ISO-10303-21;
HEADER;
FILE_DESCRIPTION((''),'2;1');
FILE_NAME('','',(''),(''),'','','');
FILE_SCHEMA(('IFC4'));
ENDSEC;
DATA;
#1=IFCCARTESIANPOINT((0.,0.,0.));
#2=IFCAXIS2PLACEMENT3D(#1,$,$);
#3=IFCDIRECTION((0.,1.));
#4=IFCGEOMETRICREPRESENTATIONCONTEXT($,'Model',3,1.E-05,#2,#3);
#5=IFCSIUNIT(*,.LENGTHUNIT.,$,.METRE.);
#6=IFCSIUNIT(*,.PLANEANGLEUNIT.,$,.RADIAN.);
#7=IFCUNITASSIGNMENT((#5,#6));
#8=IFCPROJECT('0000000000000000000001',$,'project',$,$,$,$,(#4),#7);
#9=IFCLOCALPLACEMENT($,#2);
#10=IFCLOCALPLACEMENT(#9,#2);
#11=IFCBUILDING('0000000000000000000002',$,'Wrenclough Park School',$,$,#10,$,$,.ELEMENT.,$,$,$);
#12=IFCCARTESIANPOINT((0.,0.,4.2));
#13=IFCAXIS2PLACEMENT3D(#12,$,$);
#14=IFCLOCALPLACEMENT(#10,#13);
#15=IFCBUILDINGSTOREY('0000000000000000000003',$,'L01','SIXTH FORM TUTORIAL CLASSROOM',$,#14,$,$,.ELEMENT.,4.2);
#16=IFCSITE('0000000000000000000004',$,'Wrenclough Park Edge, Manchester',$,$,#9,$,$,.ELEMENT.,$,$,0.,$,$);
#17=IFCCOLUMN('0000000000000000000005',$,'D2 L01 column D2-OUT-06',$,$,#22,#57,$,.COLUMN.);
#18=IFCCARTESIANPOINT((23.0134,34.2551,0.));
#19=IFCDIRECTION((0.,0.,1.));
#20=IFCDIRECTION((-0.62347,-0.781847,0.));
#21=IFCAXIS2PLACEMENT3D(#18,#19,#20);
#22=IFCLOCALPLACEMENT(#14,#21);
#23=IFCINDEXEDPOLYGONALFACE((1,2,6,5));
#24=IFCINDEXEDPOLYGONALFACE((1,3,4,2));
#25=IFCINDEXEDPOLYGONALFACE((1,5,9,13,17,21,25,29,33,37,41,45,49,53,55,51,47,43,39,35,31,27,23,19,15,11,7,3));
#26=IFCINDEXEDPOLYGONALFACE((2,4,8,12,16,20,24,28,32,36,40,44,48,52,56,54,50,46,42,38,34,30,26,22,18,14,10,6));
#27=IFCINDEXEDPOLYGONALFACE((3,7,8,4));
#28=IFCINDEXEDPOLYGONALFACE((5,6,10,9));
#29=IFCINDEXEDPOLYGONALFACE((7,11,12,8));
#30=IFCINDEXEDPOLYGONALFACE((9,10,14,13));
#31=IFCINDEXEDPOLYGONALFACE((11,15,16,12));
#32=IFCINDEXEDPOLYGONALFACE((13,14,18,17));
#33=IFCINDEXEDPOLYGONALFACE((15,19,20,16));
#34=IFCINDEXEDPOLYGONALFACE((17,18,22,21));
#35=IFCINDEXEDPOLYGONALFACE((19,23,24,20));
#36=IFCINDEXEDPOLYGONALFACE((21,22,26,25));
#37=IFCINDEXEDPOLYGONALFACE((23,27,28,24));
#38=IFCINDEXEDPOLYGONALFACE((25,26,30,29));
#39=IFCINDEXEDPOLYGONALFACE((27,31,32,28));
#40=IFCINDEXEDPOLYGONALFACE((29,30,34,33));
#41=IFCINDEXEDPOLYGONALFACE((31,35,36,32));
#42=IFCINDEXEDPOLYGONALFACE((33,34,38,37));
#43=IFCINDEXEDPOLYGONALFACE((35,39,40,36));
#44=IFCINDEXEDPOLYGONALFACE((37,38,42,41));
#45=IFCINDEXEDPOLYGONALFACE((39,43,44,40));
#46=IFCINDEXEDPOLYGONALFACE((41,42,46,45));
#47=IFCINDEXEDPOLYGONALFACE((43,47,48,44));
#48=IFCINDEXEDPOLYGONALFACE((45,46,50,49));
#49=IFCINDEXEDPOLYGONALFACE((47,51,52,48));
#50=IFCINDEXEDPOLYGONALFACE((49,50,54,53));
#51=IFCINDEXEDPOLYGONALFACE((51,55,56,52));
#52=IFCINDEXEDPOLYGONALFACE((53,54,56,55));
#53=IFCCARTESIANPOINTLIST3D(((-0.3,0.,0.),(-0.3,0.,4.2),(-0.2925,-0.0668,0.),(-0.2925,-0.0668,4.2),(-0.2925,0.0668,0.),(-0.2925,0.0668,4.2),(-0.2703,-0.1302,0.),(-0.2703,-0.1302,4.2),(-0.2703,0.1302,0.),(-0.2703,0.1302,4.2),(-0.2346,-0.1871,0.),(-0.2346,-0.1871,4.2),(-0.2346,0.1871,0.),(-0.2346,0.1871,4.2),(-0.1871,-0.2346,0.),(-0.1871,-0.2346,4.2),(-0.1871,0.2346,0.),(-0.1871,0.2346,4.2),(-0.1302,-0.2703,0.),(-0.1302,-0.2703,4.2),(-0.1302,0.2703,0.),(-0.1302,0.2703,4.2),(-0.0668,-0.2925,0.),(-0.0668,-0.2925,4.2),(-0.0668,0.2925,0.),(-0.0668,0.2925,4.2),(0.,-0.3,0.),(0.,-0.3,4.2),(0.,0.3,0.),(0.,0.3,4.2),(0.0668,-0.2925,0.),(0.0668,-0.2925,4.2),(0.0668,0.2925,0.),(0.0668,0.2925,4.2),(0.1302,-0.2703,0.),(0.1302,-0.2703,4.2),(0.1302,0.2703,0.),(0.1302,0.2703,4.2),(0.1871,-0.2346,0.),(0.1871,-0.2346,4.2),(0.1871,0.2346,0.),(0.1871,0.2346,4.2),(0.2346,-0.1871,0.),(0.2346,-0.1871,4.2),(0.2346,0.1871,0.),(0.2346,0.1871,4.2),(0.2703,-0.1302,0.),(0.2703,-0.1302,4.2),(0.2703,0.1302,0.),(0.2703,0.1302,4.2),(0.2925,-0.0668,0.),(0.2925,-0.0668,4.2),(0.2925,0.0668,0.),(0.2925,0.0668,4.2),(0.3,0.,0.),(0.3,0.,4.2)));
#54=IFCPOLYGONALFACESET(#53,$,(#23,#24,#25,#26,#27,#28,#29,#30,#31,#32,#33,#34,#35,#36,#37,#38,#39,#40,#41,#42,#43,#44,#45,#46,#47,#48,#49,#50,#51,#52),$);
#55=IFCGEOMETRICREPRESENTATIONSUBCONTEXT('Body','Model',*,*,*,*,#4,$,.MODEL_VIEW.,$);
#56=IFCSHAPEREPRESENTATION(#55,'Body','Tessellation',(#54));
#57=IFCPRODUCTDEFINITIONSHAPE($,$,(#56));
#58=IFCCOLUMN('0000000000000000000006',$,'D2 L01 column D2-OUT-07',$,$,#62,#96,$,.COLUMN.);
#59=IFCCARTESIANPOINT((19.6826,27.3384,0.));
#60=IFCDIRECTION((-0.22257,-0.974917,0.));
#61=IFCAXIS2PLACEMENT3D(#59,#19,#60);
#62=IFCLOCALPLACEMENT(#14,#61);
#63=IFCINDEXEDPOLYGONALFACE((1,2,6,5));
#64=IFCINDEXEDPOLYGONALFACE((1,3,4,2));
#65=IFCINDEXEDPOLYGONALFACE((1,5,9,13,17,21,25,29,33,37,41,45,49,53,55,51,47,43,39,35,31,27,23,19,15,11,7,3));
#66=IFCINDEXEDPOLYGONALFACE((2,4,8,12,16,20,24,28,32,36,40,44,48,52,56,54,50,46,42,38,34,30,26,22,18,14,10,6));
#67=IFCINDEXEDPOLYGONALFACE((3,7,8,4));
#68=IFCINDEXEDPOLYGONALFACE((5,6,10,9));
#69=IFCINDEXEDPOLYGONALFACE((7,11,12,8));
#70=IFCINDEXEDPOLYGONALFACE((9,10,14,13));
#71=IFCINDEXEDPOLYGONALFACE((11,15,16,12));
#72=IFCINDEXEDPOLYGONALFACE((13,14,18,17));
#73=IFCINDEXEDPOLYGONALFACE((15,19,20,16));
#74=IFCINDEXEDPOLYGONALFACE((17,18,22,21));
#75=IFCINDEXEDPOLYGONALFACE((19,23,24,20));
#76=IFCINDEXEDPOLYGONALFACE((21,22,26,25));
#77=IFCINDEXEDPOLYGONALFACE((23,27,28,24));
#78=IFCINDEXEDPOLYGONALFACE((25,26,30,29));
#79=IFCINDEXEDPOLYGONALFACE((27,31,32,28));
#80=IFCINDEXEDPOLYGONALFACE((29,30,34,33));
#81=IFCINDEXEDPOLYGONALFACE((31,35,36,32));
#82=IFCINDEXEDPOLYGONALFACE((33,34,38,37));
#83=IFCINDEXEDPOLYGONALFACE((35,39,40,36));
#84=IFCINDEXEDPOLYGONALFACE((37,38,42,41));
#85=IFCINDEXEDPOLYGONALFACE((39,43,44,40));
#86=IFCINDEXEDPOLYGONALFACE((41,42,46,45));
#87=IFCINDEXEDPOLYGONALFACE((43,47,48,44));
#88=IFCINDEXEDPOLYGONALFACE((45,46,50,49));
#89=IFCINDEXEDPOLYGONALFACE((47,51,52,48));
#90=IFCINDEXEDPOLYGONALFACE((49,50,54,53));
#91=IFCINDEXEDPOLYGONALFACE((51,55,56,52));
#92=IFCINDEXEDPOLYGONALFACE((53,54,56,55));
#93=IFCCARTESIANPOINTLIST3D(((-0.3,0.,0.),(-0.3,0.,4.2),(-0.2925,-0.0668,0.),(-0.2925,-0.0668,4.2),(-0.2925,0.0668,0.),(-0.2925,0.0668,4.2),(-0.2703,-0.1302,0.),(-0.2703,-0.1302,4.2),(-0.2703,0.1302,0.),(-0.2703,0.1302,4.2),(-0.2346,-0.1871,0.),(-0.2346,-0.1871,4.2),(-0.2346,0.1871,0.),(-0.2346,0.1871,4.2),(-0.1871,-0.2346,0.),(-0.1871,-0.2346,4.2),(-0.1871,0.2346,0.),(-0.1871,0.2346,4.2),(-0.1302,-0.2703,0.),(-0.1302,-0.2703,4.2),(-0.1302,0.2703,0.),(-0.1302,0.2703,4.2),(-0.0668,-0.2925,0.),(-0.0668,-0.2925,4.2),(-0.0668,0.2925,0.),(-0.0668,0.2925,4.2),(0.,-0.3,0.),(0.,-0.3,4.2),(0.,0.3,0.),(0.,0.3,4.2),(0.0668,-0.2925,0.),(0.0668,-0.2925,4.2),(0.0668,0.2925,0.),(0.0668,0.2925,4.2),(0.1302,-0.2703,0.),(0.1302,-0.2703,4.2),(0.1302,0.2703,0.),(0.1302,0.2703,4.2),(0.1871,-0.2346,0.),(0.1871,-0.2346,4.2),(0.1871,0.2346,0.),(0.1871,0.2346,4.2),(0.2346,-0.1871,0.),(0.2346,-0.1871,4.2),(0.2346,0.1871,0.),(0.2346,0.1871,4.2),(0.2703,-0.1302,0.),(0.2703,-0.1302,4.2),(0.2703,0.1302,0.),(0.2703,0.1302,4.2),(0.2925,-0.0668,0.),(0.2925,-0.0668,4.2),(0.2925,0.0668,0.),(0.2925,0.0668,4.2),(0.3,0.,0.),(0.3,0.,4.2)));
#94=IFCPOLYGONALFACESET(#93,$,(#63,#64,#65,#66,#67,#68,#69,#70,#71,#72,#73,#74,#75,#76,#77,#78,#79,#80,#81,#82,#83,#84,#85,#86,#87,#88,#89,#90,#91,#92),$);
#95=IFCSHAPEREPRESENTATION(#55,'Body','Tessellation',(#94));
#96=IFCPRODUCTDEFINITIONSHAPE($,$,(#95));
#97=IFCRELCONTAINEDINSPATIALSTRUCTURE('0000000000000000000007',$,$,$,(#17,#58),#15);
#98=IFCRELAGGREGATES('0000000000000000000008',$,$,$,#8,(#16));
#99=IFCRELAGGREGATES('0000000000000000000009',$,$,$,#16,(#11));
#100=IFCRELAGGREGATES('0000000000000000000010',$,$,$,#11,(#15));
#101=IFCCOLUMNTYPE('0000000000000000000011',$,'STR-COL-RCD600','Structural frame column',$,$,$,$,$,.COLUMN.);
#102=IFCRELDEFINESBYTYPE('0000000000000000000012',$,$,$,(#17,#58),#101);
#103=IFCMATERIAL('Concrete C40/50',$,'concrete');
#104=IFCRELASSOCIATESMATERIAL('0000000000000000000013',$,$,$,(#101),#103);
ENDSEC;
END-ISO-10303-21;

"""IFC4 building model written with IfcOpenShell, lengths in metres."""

from ifc_helpers import new_model, si_unit, direction, frame, origin, origin_2d, place, context, subcontext, project, spatial, circle, extrude, material, material_profile, profile_set, type_object, element, save


model = new_model("IFC4")

# Units and contexts
model_context = context("Model", 3, precision=1e-05, world=origin(), true_north=direction((0.0, 1.0)))
body_context = subcontext(model_context, "Body", "Model", "MODEL_VIEW")
ifc_project = project(units=[si_unit("LENGTHUNIT", "METRE"), si_unit("PLANEANGLEUNIT", "RADIAN")], contexts=[model_context])

# Site, building, storey
site_placement = place(None, origin())
site = spatial("IfcSite", under=ifc_project, at=site_placement, Name="Wrenclough Park Edge, Manchester", CompositionType="ELEMENT", RefElevation=0.0)
building_placement = place(site_placement, origin())
building = spatial("IfcBuilding", under=site, at=building_placement, Name="Wrenclough Park School", CompositionType="ELEMENT")
storey_placement = place(building_placement, frame((0.0, 0.0, 4.2)))
storey = spatial("IfcBuildingStorey", under=building, at=storey_placement, Name="L01", Description="SIXTH FORM TUTORIAL CLASSROOM", CompositionType="ELEMENT", Elevation=4.2)

# Columns
ifc_material_1 = material(Name="Concrete C40/50", Category="concrete")
ifc_material_profile_1 = material_profile(ifc_material_1, circle(Radius=0.3, at=origin_2d()), Name="RC COL D600")
ifc_profile_set_1 = profile_set([ifc_material_profile_1], Name="Concrete C40/50")
column_type = type_object("IfcColumnType", Name="STR-COL-RCD600", Description="Structural frame column", PredefinedType="COLUMN", material=ifc_profile_set_1)
for number, where, z_axis, x_axis, name in (
    (1, (23.0134, 34.2551, 0.0), (0.0, 0.0, 1.0), (-0.62347, -0.781847, 0.0), "D2 L01 column D2-OUT-06"),
    (2, (19.6826, 27.3384, 0.0), (0.0, 0.0, 1.0), (-0.22257, -0.974917, 0.0), "D2 L01 column D2-OUT-07"),
):
    element("IfcColumn", number, at=place(storey_placement, frame(where, z_axis=z_axis, x_axis=x_axis)), inside=storey, type_object=column_type, Name=name, PredefinedType="COLUMN", context=body_context, shape_type="SweptSolid", body=[
        extrude(circle(Radius=0.3, at=origin_2d()), origin(), (0.0, 0.0, 1.0), 4.2),
    ])

save(model, "model.ifc")
